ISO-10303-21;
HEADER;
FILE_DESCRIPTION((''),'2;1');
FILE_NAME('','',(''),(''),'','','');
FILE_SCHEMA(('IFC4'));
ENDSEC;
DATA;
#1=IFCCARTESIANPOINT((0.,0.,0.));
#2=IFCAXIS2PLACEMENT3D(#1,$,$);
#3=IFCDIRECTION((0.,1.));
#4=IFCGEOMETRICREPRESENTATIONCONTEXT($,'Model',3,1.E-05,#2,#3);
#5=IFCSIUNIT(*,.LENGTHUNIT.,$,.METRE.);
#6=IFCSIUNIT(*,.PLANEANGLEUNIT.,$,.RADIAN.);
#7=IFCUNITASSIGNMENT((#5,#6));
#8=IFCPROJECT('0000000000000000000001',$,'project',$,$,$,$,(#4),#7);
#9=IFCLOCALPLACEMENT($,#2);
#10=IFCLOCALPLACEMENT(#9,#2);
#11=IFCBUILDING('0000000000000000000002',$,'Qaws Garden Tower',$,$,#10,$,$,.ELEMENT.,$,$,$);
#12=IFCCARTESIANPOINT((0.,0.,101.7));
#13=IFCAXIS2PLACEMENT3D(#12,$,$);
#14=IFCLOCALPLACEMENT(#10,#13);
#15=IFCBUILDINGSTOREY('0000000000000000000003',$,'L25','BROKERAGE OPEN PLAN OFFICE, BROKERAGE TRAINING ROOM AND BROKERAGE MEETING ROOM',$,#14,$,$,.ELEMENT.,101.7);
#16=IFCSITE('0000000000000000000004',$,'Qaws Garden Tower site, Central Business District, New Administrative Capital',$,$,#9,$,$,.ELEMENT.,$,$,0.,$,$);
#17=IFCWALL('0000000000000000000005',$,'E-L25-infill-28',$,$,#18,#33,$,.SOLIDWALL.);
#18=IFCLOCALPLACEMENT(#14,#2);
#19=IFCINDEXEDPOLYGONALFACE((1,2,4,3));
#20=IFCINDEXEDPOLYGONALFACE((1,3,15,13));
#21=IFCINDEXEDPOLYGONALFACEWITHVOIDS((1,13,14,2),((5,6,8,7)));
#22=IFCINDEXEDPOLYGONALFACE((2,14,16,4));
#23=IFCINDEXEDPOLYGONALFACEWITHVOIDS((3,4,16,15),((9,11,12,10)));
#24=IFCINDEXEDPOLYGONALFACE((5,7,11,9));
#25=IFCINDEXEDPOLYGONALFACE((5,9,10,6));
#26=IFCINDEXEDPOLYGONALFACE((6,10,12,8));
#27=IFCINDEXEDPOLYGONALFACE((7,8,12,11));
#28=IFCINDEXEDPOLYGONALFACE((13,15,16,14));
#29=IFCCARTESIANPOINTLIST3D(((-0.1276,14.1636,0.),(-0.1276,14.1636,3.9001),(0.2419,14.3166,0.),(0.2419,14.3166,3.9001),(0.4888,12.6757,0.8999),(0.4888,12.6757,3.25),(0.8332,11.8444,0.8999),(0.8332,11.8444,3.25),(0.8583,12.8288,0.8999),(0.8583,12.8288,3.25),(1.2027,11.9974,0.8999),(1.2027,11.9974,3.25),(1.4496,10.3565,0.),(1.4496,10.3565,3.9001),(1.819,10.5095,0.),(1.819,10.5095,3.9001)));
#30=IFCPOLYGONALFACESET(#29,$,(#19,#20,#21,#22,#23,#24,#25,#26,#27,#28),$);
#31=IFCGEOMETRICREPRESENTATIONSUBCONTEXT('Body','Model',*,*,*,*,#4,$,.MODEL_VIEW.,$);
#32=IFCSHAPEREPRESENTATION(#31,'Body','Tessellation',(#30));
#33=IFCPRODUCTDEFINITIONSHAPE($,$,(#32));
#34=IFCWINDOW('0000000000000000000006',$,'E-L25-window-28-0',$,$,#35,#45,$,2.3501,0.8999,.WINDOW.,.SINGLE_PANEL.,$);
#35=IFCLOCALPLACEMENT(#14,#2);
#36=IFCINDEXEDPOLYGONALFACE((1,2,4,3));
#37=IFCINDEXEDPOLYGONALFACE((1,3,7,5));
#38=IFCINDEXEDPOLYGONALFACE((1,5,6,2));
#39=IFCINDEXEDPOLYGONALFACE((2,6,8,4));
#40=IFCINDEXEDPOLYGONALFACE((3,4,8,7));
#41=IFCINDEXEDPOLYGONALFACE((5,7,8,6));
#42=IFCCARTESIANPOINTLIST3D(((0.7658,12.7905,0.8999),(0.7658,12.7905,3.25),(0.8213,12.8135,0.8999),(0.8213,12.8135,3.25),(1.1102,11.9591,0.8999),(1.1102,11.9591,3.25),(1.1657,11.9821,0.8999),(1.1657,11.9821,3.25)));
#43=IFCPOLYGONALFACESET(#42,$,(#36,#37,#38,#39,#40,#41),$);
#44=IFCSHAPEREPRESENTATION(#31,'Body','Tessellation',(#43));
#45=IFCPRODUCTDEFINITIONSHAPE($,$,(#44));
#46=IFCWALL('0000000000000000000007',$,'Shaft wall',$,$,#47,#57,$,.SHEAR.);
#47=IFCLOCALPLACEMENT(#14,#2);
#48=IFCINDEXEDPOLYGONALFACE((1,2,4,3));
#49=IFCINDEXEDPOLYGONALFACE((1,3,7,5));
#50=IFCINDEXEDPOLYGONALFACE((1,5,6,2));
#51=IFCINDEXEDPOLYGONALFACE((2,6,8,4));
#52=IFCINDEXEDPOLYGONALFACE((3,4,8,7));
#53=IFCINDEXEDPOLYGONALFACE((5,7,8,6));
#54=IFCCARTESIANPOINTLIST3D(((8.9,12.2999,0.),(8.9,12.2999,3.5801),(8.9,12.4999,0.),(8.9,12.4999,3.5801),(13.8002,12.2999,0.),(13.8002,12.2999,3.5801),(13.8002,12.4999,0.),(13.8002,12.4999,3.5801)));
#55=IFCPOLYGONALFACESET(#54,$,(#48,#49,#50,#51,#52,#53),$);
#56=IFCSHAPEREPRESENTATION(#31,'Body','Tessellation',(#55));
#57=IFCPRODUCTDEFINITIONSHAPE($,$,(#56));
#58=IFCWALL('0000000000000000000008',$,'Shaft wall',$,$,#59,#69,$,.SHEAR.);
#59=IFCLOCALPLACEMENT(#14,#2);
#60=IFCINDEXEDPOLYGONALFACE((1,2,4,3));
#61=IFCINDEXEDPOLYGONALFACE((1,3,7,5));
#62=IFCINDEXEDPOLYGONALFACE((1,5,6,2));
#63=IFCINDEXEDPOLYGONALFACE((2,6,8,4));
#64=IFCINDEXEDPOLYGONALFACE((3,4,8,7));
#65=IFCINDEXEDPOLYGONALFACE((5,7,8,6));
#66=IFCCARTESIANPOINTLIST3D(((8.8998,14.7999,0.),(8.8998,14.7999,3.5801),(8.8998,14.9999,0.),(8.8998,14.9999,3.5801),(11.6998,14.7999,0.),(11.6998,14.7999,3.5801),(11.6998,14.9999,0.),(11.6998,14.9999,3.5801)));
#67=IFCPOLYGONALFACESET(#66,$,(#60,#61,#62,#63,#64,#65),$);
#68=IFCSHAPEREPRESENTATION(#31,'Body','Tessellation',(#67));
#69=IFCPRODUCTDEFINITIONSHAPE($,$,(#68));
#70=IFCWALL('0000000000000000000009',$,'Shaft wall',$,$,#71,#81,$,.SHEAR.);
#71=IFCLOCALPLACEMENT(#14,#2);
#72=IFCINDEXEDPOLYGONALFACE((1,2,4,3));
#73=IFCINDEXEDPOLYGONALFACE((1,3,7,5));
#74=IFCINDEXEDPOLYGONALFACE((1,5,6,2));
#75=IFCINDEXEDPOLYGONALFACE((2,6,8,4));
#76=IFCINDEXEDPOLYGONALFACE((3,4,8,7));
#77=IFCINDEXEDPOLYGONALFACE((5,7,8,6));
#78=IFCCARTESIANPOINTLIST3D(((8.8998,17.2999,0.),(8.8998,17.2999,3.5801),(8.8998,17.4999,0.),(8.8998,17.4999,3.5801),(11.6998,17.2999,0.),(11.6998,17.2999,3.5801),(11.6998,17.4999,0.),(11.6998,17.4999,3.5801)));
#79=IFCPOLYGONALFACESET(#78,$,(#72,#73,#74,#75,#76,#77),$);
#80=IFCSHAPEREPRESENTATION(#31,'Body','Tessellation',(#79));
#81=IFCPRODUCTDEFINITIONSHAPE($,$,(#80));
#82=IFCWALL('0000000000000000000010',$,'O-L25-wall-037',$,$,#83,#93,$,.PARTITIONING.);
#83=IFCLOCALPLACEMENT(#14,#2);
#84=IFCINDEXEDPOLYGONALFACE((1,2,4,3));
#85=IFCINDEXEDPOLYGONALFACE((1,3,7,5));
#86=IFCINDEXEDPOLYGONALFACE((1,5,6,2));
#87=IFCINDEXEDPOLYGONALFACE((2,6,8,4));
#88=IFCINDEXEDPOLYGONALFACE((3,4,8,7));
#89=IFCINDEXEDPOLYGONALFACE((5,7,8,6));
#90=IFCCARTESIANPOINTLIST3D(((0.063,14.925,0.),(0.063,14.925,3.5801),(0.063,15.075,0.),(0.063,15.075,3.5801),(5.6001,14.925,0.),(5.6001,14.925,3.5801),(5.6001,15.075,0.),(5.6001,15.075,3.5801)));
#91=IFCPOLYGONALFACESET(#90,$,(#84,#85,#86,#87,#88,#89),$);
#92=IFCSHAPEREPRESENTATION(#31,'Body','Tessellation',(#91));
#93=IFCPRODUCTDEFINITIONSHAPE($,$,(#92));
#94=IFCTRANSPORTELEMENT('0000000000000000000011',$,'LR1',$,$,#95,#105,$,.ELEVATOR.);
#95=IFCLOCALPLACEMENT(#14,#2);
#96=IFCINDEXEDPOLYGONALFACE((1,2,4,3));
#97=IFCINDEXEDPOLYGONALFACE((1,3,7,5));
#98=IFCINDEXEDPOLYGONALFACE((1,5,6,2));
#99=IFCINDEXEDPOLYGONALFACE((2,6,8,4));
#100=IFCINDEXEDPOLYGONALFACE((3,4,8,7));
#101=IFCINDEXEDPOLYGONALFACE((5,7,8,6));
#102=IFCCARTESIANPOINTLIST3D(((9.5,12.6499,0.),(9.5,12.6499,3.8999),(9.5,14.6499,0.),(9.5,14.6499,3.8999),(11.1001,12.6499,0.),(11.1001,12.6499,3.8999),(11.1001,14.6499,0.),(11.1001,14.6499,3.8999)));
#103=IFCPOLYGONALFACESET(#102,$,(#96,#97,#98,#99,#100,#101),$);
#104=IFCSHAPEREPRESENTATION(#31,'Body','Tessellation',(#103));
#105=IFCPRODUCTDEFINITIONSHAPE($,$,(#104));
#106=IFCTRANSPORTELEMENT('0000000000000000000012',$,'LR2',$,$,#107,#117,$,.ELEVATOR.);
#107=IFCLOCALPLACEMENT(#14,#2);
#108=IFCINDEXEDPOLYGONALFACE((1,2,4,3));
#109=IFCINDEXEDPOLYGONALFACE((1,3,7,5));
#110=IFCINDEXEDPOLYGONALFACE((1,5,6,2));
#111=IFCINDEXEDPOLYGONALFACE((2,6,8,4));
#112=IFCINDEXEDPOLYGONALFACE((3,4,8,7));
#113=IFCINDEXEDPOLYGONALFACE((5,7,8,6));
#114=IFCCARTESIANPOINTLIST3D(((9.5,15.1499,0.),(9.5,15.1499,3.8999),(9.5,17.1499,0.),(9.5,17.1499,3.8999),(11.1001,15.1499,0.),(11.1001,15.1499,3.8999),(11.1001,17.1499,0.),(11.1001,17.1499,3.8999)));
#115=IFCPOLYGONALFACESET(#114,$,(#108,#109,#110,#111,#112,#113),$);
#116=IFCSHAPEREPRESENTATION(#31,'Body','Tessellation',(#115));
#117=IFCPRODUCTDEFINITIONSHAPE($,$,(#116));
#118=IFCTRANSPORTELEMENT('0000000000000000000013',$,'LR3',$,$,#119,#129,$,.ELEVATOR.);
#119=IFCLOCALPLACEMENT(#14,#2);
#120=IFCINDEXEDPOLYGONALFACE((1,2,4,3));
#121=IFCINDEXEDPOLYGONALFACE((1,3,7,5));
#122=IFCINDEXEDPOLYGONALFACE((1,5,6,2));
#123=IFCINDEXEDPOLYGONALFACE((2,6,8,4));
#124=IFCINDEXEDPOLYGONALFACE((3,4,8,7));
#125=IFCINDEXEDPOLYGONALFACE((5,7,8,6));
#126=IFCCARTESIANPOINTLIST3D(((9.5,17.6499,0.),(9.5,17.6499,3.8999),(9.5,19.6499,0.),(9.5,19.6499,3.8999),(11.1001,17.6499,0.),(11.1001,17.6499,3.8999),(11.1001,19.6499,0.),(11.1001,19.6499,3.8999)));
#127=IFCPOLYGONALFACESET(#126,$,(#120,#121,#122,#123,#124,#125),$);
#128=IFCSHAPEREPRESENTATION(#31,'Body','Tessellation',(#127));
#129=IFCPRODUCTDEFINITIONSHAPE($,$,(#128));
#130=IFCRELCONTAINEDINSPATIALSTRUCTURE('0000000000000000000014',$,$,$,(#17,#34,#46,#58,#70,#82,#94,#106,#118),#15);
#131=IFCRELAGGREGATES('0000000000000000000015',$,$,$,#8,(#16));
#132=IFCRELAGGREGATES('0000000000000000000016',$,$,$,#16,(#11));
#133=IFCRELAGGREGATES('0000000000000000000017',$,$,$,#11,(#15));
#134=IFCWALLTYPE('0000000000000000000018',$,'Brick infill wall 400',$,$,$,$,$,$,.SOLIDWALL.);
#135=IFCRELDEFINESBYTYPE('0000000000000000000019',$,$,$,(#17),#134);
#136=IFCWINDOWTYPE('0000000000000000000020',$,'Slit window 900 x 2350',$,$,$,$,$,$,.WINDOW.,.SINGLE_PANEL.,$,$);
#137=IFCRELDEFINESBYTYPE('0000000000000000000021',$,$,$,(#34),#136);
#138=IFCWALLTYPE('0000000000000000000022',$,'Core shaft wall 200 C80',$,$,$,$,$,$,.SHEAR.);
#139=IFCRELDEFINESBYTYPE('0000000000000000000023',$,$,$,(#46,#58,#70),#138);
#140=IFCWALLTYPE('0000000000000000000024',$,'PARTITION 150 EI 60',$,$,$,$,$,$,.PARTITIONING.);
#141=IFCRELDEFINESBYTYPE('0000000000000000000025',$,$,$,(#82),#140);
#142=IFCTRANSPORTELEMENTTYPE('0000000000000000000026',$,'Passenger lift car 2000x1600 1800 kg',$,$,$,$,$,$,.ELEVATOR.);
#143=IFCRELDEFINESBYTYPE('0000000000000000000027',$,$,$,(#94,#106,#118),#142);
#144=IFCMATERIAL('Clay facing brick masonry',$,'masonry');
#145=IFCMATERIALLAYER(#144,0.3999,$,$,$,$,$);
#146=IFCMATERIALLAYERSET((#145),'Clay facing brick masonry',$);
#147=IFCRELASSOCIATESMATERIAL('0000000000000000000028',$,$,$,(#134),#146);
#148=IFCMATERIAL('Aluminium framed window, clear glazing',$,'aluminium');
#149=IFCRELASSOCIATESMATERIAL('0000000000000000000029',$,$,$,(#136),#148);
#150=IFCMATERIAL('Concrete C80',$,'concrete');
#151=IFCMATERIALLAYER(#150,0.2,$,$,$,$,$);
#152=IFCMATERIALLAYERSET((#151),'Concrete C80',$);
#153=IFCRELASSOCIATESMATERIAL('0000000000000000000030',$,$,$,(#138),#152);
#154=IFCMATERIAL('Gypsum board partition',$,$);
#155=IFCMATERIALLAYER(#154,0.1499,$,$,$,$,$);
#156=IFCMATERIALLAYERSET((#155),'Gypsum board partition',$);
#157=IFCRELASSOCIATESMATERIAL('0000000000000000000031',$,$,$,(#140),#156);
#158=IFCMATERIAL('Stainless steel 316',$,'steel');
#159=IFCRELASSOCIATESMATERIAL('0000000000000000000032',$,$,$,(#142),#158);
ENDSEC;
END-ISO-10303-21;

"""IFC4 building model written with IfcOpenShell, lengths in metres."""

from ifc_helpers import new_model, si_unit, direction, frame, frame_2d, origin, origin_2d, place, context, subcontext, project, spatial, rectangle, extrude, material, layer, layer_set, type_object, element, fill, save


model = new_model("IFC4")

# Units and contexts
model_context = context("Model", 3, precision=1e-05, world=origin(), true_north=direction((0.0, 1.0)))
body_context = subcontext(model_context, "Body", "Model", "MODEL_VIEW")
ifc_project = project(units=[si_unit("LENGTHUNIT", "METRE"), si_unit("PLANEANGLEUNIT", "RADIAN")], contexts=[model_context])

# Site, building, storey
site_placement = place(None, origin())
site = spatial("IfcSite", under=ifc_project, at=site_placement, Name="Qaws Garden Tower site, Central Business District, New Administrative Capital", CompositionType="ELEMENT", RefElevation=0.0)
building_placement = place(site_placement, origin())
building = spatial("IfcBuilding", under=site, at=building_placement, Name="Qaws Garden Tower", CompositionType="ELEMENT")
storey_placement = place(building_placement, frame((0.0, 0.0, 101.7)))
storey = spatial("IfcBuildingStorey", under=building, at=storey_placement, Name="L25", Description="BROKERAGE OPEN PLAN OFFICE, BROKERAGE TRAINING ROOM AND BROKERAGE MEETING ROOM", CompositionType="ELEMENT", Elevation=101.7)

# Wall, opening, window
ifc_material_1 = material(Name="Clay facing brick masonry", Category="masonry")
ifc_layer_1 = layer(ifc_material_1, 0.3999)
ifc_layer_set_1 = layer_set([ifc_layer_1], Name="Clay facing brick masonry")
wall_type_1 = type_object("IfcWallType", Name="Brick infill wall 400", PredefinedType="SOLIDWALL", material=ifc_layer_set_1)
wall_1_placement = place(storey_placement, frame((0.0571, 14.2402, 0.0), z_axis=(0.0, 0.0, 1.0), x_axis=(0.382722, -0.923864, 0.0)))
wall_1 = element("IfcWall", 1, at=wall_1_placement, inside=storey, type_object=wall_type_1, Name="E-L25-infill-28", PredefinedType="SOLIDWALL", context=body_context, shape_type="SweptSolid", body=[
    extrude(rectangle(XDim=4.1208, YDim=0.3999, at=frame_2d((2.0605, 0.0))), origin(), (0.0, 0.0, 1.0), 3.9001),
])
opening_placement = place(wall_1_placement, frame((1.6106, 0.0, 0.8999)))
opening = element("IfcOpeningElement", 2, at=opening_placement, cuts=wall_1, PredefinedType="OPENING", context=body_context, shape_type="SweptSolid", body=[
    extrude(rectangle(XDim=0.8999, YDim=2.3501, at=frame_2d((0.45, 1.175))), frame((0.0, 0.21, 0.0), z_axis=(0.0, -1.0, 0.0), x_axis=(1.0, 0.0, 0.0)), (0.0, 0.0, 1.0), 0.4199),
])
ifc_material_2 = material(Name="Aluminium framed window, clear glazing", Category="aluminium")
window_type = type_object("IfcWindowType", Name="Slit window 900 x 2350", PartitioningType="SINGLE_PANEL", PredefinedType="WINDOW", material=ifc_material_2)
window_placement = place(opening_placement, origin())
window = element("IfcWindow", 3, at=window_placement, inside=storey, type_object=window_type, Name="E-L25-window-28-0", OverallHeight=2.3501, OverallWidth=0.8999, PartitioningType="SINGLE_PANEL", PredefinedType="WINDOW", context=body_context, shape_type="SweptSolid", body=[
    extrude(rectangle(XDim=0.8999, YDim=2.3501, at=frame_2d((0.45, 1.175))), frame((0.0, 0.1599, 0.0), z_axis=(0.0, -1.0, 0.0), x_axis=(1.0, 0.0, 0.0)), (0.0, 0.0, 1.0), 0.0601),
])
fill(opening, window)

# Walls
ifc_material_3 = material(Name="Concrete C80", Category="concrete")
ifc_layer_2 = layer(ifc_material_3, 0.2)
ifc_layer_set_2 = layer_set([ifc_layer_2], Name="Concrete C80")
wall_type_2 = type_object("IfcWallType", Name="Core shaft wall 200 C80", PredefinedType="SHEAR", material=ifc_layer_set_2)
wall_2_placement = place(storey_placement, frame((8.8999, 12.3999, 0.0), z_axis=(0.0, 0.0, 1.0), x_axis=(1.0, 0.0, 0.0)))
element("IfcWall", 4, at=wall_2_placement, inside=storey, type_object=wall_type_2, Name="Shaft wall", PredefinedType="SHEAR", context=body_context, shape_type="SweptSolid", body=[
    extrude(rectangle(XDim=4.9001, YDim=0.2, at=frame_2d((2.4502, 0.0))), origin(), (0.0, 0.0, 1.0), 3.5801),
])
for number, where, z_axis, x_axis, name in (
    (5, (8.8999, 14.8999, 0.0), (0.0, 0.0, 1.0), (1.0, 0.0, 0.0), "Shaft wall"),
    (6, (8.8999, 17.3999, 0.0), (0.0, 0.0, 1.0), (1.0, 0.0, 0.0), "Shaft wall"),
):
    element("IfcWall", number, at=place(storey_placement, frame(where, z_axis=z_axis, x_axis=x_axis)), inside=storey, type_object=wall_type_2, Name=name, PredefinedType="SHEAR", context=body_context, shape_type="SweptSolid", body=[
        extrude(rectangle(XDim=2.8, YDim=0.2, at=frame_2d((1.3999, 0.0))), origin(), (0.0, 0.0, 1.0), 3.5801),
    ])
ifc_material_4 = material(Name="Gypsum board partition")
ifc_layer_3 = layer(ifc_material_4, 0.1499)
ifc_layer_set_3 = layer_set([ifc_layer_3], Name="Gypsum board partition")
wall_type_3 = type_object("IfcWallType", Name="PARTITION 150 EI 60", PredefinedType="PARTITIONING", material=ifc_layer_set_3)
wall_3_placement = place(storey_placement, frame((0.063, 15.0, 0.0), z_axis=(0.0, 0.0, 1.0), x_axis=(1.0, 0.0, 0.0)))
element("IfcWall", 7, at=wall_3_placement, inside=storey, type_object=wall_type_3, Name="O-L25-wall-037", PredefinedType="PARTITIONING", context=body_context, shape_type="SweptSolid", body=[
    extrude(rectangle(XDim=5.5371, YDim=0.1499, at=frame_2d((2.7686, 0.0))), origin(), (0.0, 0.0, 1.0), 3.5801),
])

# Transport elements
ifc_material_5 = material(Name="Stainless steel 316", Category="steel")
transport_element_type = type_object("IfcTransportElementType", Name="Passenger lift car 2000x1600 1800 kg", PredefinedType="ELEVATOR", material=ifc_material_5)
for number, where, z_axis, x_axis, name in (
    (8, (10.3, 13.6499, 0.0), (0.0, 0.0, 1.0), (1.0, 0.0, 0.0), "LR1"),
    (9, (10.3, 16.1499, 0.0), (0.0, 0.0, 1.0), (1.0, 0.0, 0.0), "LR2"),
    (10, (10.3, 18.6499, 0.0), (0.0, 0.0, 1.0), (1.0, 0.0, 0.0), "LR3"),
):
    element("IfcTransportElement", number, at=place(storey_placement, frame(where, z_axis=z_axis, x_axis=x_axis)), inside=storey, type_object=transport_element_type, Name=name, PredefinedType="ELEVATOR", context=body_context, shape_type="SweptSolid", body=[
        extrude(rectangle(XDim=1.6001, YDim=2.0, at=origin_2d()), origin(), (0.0, 0.0, 1.0), 3.8999),
    ])

save(model, "model.ifc")
